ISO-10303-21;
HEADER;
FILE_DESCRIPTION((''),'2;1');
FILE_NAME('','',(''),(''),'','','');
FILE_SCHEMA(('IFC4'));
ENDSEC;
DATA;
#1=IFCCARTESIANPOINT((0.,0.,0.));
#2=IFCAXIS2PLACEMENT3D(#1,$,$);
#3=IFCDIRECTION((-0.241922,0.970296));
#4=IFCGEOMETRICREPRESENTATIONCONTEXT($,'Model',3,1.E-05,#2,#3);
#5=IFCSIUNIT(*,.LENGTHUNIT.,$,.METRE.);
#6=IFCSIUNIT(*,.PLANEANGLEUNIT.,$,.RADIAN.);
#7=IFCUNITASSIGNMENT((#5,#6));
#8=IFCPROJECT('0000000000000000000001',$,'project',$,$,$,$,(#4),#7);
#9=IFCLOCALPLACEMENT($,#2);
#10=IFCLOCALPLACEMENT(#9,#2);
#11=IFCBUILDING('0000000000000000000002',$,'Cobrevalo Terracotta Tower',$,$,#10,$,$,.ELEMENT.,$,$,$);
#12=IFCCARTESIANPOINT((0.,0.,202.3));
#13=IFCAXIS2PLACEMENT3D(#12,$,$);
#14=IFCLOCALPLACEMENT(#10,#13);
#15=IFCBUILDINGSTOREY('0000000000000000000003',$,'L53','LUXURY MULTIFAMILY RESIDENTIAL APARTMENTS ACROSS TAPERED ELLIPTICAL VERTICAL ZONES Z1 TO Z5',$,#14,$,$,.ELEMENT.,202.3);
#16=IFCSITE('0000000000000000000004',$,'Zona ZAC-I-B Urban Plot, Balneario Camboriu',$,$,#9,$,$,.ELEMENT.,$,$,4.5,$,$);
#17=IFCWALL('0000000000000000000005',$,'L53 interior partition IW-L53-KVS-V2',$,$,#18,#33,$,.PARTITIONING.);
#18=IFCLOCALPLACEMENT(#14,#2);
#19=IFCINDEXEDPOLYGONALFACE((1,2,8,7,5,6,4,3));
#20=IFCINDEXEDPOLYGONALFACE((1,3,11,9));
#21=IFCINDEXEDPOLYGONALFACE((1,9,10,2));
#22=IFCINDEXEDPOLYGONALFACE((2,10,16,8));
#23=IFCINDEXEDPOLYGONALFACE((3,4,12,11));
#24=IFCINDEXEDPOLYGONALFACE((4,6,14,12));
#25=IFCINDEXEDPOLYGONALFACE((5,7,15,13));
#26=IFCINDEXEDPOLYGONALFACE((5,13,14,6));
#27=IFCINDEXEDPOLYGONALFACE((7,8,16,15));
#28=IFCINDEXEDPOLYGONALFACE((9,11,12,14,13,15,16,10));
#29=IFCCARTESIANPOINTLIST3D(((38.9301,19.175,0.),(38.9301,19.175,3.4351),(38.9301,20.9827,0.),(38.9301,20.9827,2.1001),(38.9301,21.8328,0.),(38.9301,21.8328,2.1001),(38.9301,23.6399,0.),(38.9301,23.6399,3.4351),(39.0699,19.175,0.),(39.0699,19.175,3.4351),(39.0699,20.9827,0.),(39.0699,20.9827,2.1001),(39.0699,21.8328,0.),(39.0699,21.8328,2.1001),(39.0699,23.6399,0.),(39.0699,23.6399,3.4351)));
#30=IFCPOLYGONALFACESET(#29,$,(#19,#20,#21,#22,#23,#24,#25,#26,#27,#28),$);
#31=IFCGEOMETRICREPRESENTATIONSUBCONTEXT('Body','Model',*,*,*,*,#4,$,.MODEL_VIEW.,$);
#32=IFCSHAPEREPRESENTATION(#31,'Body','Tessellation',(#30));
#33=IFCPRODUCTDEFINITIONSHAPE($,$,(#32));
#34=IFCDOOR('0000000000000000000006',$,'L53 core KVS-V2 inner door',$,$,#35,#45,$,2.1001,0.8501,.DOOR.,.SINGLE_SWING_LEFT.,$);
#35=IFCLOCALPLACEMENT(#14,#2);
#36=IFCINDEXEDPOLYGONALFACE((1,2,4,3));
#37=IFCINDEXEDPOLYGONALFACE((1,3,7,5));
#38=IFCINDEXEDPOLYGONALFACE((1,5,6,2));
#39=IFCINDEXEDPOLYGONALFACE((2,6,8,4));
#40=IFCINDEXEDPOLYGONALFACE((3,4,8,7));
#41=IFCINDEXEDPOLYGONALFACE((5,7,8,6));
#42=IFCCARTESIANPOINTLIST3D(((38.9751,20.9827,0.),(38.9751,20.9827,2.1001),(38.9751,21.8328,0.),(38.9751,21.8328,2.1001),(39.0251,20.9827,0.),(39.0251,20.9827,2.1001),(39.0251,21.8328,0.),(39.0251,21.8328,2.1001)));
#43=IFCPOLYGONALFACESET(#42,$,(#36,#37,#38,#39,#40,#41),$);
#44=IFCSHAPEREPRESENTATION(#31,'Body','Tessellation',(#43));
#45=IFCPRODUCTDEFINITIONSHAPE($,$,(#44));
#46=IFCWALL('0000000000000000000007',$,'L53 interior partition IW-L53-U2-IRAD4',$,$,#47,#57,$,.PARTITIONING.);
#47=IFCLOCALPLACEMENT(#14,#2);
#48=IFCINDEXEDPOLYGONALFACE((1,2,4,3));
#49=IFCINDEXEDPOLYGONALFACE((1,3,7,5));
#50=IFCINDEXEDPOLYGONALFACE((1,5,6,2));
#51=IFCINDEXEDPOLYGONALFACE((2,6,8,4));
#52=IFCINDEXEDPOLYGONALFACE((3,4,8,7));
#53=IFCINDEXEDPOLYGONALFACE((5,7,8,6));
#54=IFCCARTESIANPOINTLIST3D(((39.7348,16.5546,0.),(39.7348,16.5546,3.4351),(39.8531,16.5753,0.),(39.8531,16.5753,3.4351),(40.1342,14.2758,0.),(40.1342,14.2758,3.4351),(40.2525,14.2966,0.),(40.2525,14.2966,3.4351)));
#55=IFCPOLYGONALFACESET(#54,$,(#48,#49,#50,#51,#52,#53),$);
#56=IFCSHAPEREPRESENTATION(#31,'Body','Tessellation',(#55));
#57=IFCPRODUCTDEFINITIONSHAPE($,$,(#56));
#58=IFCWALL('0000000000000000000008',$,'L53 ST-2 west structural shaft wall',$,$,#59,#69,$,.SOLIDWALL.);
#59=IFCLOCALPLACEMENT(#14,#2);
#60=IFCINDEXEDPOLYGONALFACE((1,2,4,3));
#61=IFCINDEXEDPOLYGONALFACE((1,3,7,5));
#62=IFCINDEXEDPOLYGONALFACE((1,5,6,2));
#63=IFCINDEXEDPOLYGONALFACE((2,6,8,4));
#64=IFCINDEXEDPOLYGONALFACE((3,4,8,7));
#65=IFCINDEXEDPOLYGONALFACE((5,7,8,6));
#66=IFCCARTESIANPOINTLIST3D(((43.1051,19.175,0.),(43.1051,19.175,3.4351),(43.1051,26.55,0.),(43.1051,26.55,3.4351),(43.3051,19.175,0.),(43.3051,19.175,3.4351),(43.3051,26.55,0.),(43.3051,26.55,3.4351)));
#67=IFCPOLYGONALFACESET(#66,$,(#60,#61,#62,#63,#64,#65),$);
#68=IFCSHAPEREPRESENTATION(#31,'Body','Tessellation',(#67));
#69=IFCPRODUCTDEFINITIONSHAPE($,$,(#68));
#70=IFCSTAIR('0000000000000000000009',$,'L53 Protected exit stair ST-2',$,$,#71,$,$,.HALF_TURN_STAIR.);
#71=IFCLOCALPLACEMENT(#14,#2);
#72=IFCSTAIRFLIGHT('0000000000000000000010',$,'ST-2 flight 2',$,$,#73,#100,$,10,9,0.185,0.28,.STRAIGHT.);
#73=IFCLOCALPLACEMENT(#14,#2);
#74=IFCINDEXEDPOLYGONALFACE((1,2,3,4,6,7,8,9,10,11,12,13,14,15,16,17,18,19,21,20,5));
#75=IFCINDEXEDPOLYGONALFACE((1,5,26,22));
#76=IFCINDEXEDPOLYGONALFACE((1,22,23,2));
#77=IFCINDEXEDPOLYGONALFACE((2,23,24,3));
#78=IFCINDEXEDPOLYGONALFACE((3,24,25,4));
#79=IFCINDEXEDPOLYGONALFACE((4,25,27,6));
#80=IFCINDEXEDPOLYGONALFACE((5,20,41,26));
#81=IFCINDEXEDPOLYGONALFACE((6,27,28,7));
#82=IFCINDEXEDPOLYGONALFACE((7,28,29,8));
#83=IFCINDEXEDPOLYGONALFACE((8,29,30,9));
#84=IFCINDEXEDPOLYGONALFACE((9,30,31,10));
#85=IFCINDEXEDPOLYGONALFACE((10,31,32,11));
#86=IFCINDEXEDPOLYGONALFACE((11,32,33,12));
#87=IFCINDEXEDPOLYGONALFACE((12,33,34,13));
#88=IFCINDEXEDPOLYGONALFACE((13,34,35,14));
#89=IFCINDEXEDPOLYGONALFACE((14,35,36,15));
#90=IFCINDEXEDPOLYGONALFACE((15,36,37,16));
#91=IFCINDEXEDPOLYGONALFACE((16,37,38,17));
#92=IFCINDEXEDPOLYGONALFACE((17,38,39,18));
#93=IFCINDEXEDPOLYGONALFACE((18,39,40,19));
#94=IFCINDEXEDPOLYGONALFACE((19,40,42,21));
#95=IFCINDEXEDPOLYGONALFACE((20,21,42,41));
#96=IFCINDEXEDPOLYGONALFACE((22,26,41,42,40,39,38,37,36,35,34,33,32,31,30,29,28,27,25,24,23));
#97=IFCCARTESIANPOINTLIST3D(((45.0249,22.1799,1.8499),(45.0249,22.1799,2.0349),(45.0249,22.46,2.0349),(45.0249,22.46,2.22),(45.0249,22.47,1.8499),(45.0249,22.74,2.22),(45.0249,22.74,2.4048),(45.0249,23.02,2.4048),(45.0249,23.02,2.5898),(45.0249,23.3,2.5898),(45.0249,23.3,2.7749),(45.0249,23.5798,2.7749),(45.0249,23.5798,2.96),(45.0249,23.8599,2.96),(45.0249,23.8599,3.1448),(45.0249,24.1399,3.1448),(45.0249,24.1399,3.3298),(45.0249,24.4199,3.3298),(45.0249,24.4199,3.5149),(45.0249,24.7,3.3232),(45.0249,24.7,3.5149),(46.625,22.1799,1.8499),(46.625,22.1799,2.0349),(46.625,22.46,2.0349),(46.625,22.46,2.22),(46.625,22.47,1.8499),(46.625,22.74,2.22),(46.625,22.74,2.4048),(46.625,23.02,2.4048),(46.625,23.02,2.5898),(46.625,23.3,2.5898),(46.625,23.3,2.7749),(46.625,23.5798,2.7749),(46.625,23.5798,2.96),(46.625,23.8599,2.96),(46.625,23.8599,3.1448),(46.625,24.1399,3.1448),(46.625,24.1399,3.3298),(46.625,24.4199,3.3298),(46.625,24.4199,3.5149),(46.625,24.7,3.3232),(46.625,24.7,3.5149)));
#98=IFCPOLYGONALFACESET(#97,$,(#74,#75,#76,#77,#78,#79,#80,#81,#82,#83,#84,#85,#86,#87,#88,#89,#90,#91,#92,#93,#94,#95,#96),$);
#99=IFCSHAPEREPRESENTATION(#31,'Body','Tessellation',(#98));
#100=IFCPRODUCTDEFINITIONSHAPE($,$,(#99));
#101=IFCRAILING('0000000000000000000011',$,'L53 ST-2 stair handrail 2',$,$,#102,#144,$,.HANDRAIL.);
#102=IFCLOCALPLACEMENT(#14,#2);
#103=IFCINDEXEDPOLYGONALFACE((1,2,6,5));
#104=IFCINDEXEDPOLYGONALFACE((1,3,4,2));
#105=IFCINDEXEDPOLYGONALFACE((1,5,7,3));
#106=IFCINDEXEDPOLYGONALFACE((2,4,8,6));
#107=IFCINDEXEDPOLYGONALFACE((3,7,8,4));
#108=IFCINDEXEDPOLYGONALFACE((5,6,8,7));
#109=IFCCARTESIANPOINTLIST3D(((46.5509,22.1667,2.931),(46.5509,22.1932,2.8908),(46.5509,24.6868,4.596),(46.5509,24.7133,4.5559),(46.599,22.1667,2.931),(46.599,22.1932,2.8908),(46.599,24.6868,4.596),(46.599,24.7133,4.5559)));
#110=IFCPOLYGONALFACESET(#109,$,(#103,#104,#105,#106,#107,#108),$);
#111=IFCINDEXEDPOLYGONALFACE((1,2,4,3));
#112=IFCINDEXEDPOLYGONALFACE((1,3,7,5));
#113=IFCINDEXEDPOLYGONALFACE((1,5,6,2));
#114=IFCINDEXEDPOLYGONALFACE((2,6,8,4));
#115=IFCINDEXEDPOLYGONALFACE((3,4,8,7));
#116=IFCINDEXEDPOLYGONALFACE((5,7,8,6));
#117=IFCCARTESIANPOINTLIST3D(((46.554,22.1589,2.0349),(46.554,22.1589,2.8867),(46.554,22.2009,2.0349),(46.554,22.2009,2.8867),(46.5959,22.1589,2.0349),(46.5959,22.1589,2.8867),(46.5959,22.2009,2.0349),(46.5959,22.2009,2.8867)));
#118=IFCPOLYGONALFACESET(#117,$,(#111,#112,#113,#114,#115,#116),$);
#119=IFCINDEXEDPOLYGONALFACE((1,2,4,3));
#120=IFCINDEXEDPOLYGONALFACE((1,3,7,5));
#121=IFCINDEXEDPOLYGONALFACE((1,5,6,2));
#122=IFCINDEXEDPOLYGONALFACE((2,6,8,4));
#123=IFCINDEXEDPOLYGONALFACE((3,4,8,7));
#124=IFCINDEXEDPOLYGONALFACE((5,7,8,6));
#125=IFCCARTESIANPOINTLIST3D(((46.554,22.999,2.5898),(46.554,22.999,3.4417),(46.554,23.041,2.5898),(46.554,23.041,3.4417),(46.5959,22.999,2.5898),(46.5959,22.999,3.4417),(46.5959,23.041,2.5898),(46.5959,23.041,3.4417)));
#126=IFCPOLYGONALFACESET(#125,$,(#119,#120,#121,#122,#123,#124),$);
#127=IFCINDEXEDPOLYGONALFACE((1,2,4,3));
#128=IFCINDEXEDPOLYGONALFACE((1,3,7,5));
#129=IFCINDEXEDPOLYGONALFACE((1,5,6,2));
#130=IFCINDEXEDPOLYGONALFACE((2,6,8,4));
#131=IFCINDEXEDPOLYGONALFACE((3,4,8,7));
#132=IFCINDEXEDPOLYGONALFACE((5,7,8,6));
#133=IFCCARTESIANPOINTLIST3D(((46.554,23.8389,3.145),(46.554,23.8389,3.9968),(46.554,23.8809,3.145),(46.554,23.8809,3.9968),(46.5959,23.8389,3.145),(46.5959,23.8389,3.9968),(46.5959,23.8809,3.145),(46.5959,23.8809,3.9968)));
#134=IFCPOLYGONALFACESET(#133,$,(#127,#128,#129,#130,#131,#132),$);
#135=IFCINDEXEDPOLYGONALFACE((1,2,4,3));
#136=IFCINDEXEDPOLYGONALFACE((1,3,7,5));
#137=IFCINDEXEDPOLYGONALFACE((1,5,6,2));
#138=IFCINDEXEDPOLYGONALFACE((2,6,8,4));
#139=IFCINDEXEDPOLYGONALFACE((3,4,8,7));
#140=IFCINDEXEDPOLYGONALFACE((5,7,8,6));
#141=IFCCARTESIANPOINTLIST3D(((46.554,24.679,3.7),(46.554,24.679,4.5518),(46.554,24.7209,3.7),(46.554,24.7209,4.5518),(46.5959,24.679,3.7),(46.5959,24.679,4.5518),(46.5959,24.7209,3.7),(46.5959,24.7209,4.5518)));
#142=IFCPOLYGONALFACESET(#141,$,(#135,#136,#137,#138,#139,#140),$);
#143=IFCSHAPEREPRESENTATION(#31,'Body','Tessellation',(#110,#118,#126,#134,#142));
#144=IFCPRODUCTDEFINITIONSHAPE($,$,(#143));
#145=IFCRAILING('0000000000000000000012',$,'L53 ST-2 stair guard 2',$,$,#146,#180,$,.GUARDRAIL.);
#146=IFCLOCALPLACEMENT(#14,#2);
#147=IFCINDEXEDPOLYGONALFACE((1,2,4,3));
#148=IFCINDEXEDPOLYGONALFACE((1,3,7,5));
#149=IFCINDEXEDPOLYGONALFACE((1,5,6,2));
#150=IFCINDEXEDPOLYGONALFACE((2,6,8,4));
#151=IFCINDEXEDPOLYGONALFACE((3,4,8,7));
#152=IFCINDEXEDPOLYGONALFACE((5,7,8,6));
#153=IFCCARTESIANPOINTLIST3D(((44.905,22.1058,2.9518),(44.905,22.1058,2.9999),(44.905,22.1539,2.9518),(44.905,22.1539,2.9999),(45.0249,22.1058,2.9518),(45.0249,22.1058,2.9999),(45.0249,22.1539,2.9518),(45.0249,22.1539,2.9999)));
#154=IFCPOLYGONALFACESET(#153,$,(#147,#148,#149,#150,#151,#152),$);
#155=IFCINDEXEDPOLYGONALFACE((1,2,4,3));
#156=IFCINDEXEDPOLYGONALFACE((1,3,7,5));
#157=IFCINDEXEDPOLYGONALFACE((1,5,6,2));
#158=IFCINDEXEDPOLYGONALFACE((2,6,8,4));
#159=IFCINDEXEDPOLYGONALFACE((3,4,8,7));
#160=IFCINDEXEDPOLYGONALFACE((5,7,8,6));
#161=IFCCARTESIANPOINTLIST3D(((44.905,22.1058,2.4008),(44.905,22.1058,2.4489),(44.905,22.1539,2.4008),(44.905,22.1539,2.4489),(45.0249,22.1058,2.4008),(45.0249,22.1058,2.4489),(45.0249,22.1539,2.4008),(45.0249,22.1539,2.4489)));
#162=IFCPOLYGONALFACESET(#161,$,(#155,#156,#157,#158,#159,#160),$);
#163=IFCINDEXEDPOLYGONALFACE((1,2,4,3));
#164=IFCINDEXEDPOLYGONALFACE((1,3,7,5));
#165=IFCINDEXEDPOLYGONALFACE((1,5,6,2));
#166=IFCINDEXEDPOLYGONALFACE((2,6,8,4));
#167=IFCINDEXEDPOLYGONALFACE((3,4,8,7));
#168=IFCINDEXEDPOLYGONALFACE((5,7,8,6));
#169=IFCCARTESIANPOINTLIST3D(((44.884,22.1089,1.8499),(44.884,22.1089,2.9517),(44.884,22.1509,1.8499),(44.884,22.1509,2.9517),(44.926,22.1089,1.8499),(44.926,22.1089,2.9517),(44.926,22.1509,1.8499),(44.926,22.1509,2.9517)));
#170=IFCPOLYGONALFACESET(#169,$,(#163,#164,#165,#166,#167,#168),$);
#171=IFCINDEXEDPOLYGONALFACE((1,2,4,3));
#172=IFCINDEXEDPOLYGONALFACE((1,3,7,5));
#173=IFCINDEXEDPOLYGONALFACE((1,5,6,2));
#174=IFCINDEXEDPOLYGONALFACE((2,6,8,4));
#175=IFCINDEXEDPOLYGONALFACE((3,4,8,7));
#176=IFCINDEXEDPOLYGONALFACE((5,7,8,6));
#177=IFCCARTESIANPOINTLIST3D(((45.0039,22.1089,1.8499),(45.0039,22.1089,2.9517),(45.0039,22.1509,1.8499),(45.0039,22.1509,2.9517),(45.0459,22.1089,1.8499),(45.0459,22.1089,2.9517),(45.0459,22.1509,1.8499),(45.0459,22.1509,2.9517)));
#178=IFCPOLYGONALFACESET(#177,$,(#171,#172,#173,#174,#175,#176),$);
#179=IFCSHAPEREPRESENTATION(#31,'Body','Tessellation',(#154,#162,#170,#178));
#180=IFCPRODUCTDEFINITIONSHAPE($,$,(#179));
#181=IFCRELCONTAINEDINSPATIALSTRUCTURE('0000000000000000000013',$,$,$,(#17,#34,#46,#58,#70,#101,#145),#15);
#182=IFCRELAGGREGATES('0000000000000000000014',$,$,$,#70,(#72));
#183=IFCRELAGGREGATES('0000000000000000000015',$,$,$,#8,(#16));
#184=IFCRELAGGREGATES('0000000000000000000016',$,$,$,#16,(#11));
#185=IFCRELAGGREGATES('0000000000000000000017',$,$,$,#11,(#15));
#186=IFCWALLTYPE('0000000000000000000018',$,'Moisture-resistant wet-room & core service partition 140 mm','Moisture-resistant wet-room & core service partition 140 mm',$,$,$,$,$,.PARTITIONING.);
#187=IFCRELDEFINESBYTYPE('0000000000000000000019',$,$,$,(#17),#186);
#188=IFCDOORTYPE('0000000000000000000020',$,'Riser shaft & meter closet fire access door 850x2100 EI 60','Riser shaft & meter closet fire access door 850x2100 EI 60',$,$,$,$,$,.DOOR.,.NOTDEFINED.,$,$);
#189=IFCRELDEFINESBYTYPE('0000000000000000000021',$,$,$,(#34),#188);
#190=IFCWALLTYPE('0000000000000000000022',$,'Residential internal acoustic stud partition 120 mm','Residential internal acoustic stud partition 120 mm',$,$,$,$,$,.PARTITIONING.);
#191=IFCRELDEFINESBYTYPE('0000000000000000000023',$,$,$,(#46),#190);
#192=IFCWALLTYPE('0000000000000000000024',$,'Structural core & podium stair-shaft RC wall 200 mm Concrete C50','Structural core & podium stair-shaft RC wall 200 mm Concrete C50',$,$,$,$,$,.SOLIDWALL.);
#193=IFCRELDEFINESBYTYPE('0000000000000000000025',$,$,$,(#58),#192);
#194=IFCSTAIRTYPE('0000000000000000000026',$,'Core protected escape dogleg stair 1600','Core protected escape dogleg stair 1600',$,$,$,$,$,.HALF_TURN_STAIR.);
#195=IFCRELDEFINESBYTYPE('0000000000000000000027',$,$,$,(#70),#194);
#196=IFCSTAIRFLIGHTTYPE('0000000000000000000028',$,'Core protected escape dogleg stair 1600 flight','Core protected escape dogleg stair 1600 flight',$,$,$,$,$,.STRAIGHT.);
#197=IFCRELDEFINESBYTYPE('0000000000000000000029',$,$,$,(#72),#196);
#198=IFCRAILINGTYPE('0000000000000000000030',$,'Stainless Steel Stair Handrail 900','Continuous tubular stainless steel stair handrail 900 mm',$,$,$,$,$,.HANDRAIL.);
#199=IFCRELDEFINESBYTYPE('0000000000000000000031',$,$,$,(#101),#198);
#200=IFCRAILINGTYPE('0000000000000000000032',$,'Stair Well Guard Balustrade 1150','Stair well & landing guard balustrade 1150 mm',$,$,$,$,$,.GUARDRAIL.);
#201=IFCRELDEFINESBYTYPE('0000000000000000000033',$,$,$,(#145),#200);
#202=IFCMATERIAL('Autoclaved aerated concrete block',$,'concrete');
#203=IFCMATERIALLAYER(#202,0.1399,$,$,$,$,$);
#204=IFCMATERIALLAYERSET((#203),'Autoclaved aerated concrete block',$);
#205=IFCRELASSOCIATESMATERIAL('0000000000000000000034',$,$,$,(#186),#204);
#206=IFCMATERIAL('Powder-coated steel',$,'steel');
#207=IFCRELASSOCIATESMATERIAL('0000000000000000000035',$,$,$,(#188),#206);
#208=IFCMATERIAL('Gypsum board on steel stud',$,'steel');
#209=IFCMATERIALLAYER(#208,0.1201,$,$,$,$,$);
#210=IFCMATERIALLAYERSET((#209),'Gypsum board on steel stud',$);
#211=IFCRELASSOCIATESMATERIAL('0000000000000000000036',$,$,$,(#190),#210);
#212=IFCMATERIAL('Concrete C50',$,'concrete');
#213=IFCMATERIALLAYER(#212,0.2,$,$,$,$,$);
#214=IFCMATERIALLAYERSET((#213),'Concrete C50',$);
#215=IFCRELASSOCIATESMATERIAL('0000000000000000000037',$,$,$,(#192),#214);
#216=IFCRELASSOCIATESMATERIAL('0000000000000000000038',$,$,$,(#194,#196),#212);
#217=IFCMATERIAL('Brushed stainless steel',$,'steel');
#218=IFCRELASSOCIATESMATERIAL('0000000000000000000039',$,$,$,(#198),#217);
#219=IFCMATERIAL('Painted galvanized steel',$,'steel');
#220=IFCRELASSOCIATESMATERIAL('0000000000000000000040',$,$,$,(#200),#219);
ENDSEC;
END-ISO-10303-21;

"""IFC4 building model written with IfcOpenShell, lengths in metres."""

from ifc_helpers import new_model, si_unit, direction, frame, frame_2d, origin, origin_2d, place, context, subcontext, project, spatial, polyline, rectangle, outline, extrude, source, transform, mapped, material, layer, layer_set, type_object, element, fill, aggregate, save


model = new_model("IFC4")

# Units and contexts
model_context = context("Model", 3, precision=1e-05, world=origin(), true_north=direction((-0.241922, 0.970296)))
body_context = subcontext(model_context, "Body", "Model", "MODEL_VIEW")
ifc_project = project(units=[si_unit("LENGTHUNIT", "METRE"), si_unit("PLANEANGLEUNIT", "RADIAN")], contexts=[model_context])

# Site, building, storey
site_placement = place(None, origin())
site = spatial("IfcSite", under=ifc_project, at=site_placement, Name="Zona ZAC-I-B Urban Plot, Balneario Camboriu", CompositionType="ELEMENT", RefElevation=4.5)
building_placement = place(site_placement, origin())
building = spatial("IfcBuilding", under=site, at=building_placement, Name="Cobrevalo Terracotta Tower", CompositionType="ELEMENT")
storey_placement = place(building_placement, frame((0.0, 0.0, 202.3)))
storey = spatial("IfcBuildingStorey", under=building, at=storey_placement, Name="L53", Description="LUXURY MULTIFAMILY RESIDENTIAL APARTMENTS ACROSS TAPERED ELLIPTICAL VERTICAL ZONES Z1 TO Z5", CompositionType="ELEMENT", Elevation=202.3)

# Shared definitions
ifc_material_1 = material(Name="Gypsum board on steel stud", Category="steel")

# Wall, opening, door
ifc_material_2 = material(Name="Concrete C50", Category="concrete")
ifc_material_3 = material(Name="Autoclaved aerated concrete block", Category="concrete")
ifc_layer_1 = layer(ifc_material_3, 0.1399)
ifc_layer_set_1 = layer_set([ifc_layer_1], Name="Autoclaved aerated concrete block")
wall_type_1 = type_object("IfcWallType", Name="Moisture-resistant wet-room & core service partition 140 mm", Description="Moisture-resistant wet-room & core service partition 140 mm", PredefinedType="PARTITIONING", material=ifc_layer_set_1)
ifc_material_4 = material(Name="Powder-coated steel", Category="steel")
door_type_1 = type_object("IfcDoorType", Name="Riser shaft & meter closet fire access door 850x2100 EI 60", Description="Riser shaft & meter closet fire access door 850x2100 EI 60", OperationType="NOTDEFINED", PredefinedType="DOOR", material=ifc_material_4)
shared_shape_1 = source(origin(), body_context, "Body", "SweptSolid", [
    extrude(rectangle(XDim=0.8501, YDim=2.1001, at=frame_2d((0.425, 1.05))), frame((0.0, 0.0249, 0.0), z_axis=(0.0, -1.0, 0.0), x_axis=(1.0, 0.0, 0.0)), (0.0, 0.0, 1.0), 0.05),
])
wall_1_placement = place(storey_placement, frame((39.0, 19.175, 0.0), z_axis=(0.0, 0.0, 1.0), x_axis=(0.0, 1.0, 0.0)))
wall_1 = element("IfcWall", 1, at=wall_1_placement, inside=storey, type_object=wall_type_1, Name="L53 interior partition IW-L53-KVS-V2", PredefinedType="PARTITIONING", context=body_context, shape_type="SweptSolid", body=[
    extrude(rectangle(XDim=4.4648, YDim=0.1399, at=frame_2d((2.2324, 0.0))), origin(), (0.0, 0.0, 1.0), 3.4351),
])
opening_1_placement = place(wall_1_placement, frame((1.8076, 0.0, 0.0)))
opening_1 = element("IfcOpeningElement", 2, at=opening_1_placement, cuts=wall_1, PredefinedType="OPENING", context=body_context, shape_type="SweptSolid", body=[
    extrude(rectangle(XDim=0.8501, YDim=2.1001, at=frame_2d((0.425, 1.05))), frame((0.0, 0.0801, 0.0), z_axis=(0.0, -1.0, 0.0), x_axis=(1.0, 0.0, 0.0)), (0.0, 0.0, 1.0), 0.1599),
])
door_1_placement = place(opening_1_placement, origin())
door_1 = element("IfcDoor", 3, at=door_1_placement, inside=storey, type_object=door_type_1, Name="L53 core KVS-V2 inner door", OperationType="SINGLE_SWING_LEFT", OverallHeight=2.1001, OverallWidth=0.8501, PredefinedType="DOOR", context=body_context, shape_type="MappedRepresentation", body=[
    mapped(shared_shape_1, transform((0.0, 0.0, 0.0), scale=1.0)),
])
fill(opening_1, door_1)

# Wall
ifc_layer_2 = layer(ifc_material_1, 0.1201)
ifc_layer_set_2 = layer_set([ifc_layer_2], Name="Gypsum board on steel stud")
wall_type_2 = type_object("IfcWallType", Name="Residential internal acoustic stud partition 120 mm", Description="Residential internal acoustic stud partition 120 mm", PredefinedType="PARTITIONING", material=ifc_layer_set_2)
wall_2_placement = place(storey_placement, frame((39.7939, 16.5649, 0.0), z_axis=(0.0, 0.0, 1.0), x_axis=(0.172641, -0.984985, 0.0)))
element("IfcWall", 4, at=wall_2_placement, inside=storey, type_object=wall_type_2, Name="L53 interior partition IW-L53-U2-IRAD4", PredefinedType="PARTITIONING", context=body_context, shape_type="SweptSolid", body=[
    extrude(rectangle(XDim=2.3135, YDim=0.1201, at=frame_2d((1.1567, 0.0))), origin(), (0.0, 0.0, 1.0), 3.4351),
])

# Wall
ifc_layer_3 = layer(ifc_material_2, 0.2)
ifc_layer_set_3 = layer_set([ifc_layer_3], Name="Concrete C50")
wall_type_3 = type_object("IfcWallType", Name="Structural core & podium stair-shaft RC wall 200 mm Concrete C50", Description="Structural core & podium stair-shaft RC wall 200 mm Concrete C50", PredefinedType="SOLIDWALL", material=ifc_layer_set_3)
wall_3_placement = place(storey_placement, frame((43.2051, 19.175, 0.0), z_axis=(0.0, 0.0, 1.0), x_axis=(0.0, 1.0, 0.0)))
element("IfcWall", 5, at=wall_3_placement, inside=storey, type_object=wall_type_3, Name="L53 ST-2 west structural shaft wall", PredefinedType="SOLIDWALL", context=body_context, shape_type="SweptSolid", body=[
    extrude(rectangle(XDim=7.375, YDim=0.2, at=frame_2d((3.6875, 0.0))), origin(), (0.0, 0.0, 1.0), 3.4351),
])

# Stair, stair flight
stair_type = type_object("IfcStairType", Name="Core protected escape dogleg stair 1600", Description="Core protected escape dogleg stair 1600", PredefinedType="HALF_TURN_STAIR", material=ifc_material_2)
stair_placement = place(storey_placement, origin())
stair = element("IfcStair", 6, at=stair_placement, inside=storey, type_object=stair_type, Name="L53 Protected exit stair ST-2", PredefinedType="HALF_TURN_STAIR")
stair_flight_type = type_object("IfcStairFlightType", Name="Core protected escape dogleg stair 1600 flight", Description="Core protected escape dogleg stair 1600 flight", PredefinedType="STRAIGHT", material=ifc_material_2)
stair_flight_placement = place(storey_placement, frame((45.825, 22.1799, 1.8499), z_axis=(0.0, 0.0, 1.0), x_axis=(0.0, 1.0, 0.0)))
stair_flight = element("IfcStairFlight", 7, at=stair_flight_placement, type_object=stair_flight_type, Name="ST-2 flight 2", NumberOfRisers=10, NumberOfTreads=9, PredefinedType="STRAIGHT", RiserHeight=0.185, TreadLength=0.28, context=body_context, shape_type="SweptSolid", body=[
    extrude(outline(polyline([(0.0, 0.0), (0.0, 0.1851), (0.28, 0.1851), (0.28, 0.3701), (0.5601, 0.3701), (0.5601, 0.5549), (0.8401, 0.5549), (0.8401, 0.74), (1.1201, 0.74), (1.1201, 0.925), (1.3999, 0.925), (1.3999, 1.1101), (1.6799, 1.1101), (1.6799, 1.2949), (1.96, 1.2949), (1.96, 1.48), (2.24, 1.48), (2.24, 1.665), (2.52, 1.665), (2.52, 1.8501), (2.52, 1.4734), (0.29, 0.0), (0.0, 0.0)])), frame((0.0, 0.8, 0.0), z_axis=(0.0, -1.0, 0.0), x_axis=(1.0, 0.0, 0.0)), (0.0, 0.0, 1.0), 1.6001),
])
aggregate(stair, [stair_flight])

# Railings
ifc_material_5 = material(Name="Brushed stainless steel", Category="steel")
railing_type_1 = type_object("IfcRailingType", Name="Stainless Steel Stair Handrail 900", Description="Continuous tubular stainless steel stair handrail 900 mm", PredefinedType="HANDRAIL", material=ifc_material_5)
railing_1_placement = place(storey_placement, frame((46.575, 22.1799, 2.0349)))
element("IfcRailing", 8, at=railing_1_placement, inside=storey, type_object=railing_type_1, Name="L53 ST-2 stair handrail 2", PredefinedType="HANDRAIL", context=body_context, shape_type="SweptSolid", body=[
    extrude(rectangle(XDim=0.0481, YDim=0.0481, at=origin_2d()), frame((0.0, 0.0, 0.876), z_axis=(0.0, 0.834331, 0.551263), x_axis=(-1.0, 0.0, 0.0)), (0.0, 0.0, 1.0), 3.0205),
    extrude(rectangle(XDim=0.042, YDim=0.042, at=origin_2d()), origin(), (0.0, 0.0, 1.0), 0.8518),
    extrude(rectangle(XDim=0.042, YDim=0.042, at=origin_2d()), frame((0.0, 0.8401, 0.5549)), (0.0, 0.0, 1.0), 0.8518),
    extrude(rectangle(XDim=0.042, YDim=0.042, at=origin_2d()), frame((0.0, 1.6799, 1.1101)), (0.0, 0.0, 1.0), 0.8518),
    extrude(rectangle(XDim=0.042, YDim=0.042, at=origin_2d()), frame((0.0, 2.52, 1.665)), (0.0, 0.0, 1.0), 0.8518),
])
ifc_material_6 = material(Name="Painted galvanized steel", Category="steel")
railing_type_2 = type_object("IfcRailingType", Name="Stair Well Guard Balustrade 1150", Description="Stair well & landing guard balustrade 1150 mm", PredefinedType="GUARDRAIL", material=ifc_material_6)
railing_2_placement = place(storey_placement, frame((44.905, 22.1299, 1.8499)))
element("IfcRailing", 9, at=railing_2_placement, inside=storey, type_object=railing_type_2, Name="L53 ST-2 stair guard 2", PredefinedType="GUARDRAIL", context=body_context, shape_type="SweptSolid", body=[
    extrude(rectangle(XDim=0.0481, YDim=0.0481, at=origin_2d()), frame((0.0, 0.0, 1.126), z_axis=(1.0, 0.0, 0.0), x_axis=(0.0, 1.0, 0.0)), (0.0, 0.0, 1.0), 0.1199),
    extrude(rectangle(XDim=0.0481, YDim=0.0481, at=origin_2d()), frame((0.0, 0.0, 0.575), z_axis=(1.0, 0.0, 0.0), x_axis=(0.0, 1.0, 0.0)), (0.0, 0.0, 1.0), 0.1199),
    extrude(rectangle(XDim=0.042, YDim=0.042, at=origin_2d()), origin(), (0.0, 0.0, 1.0), 1.1018),
    extrude(rectangle(XDim=0.042, YDim=0.042, at=origin_2d()), frame((0.1199, 0.0, 0.0)), (0.0, 0.0, 1.0), 1.1018),
])

save(model, "model.ifc")
